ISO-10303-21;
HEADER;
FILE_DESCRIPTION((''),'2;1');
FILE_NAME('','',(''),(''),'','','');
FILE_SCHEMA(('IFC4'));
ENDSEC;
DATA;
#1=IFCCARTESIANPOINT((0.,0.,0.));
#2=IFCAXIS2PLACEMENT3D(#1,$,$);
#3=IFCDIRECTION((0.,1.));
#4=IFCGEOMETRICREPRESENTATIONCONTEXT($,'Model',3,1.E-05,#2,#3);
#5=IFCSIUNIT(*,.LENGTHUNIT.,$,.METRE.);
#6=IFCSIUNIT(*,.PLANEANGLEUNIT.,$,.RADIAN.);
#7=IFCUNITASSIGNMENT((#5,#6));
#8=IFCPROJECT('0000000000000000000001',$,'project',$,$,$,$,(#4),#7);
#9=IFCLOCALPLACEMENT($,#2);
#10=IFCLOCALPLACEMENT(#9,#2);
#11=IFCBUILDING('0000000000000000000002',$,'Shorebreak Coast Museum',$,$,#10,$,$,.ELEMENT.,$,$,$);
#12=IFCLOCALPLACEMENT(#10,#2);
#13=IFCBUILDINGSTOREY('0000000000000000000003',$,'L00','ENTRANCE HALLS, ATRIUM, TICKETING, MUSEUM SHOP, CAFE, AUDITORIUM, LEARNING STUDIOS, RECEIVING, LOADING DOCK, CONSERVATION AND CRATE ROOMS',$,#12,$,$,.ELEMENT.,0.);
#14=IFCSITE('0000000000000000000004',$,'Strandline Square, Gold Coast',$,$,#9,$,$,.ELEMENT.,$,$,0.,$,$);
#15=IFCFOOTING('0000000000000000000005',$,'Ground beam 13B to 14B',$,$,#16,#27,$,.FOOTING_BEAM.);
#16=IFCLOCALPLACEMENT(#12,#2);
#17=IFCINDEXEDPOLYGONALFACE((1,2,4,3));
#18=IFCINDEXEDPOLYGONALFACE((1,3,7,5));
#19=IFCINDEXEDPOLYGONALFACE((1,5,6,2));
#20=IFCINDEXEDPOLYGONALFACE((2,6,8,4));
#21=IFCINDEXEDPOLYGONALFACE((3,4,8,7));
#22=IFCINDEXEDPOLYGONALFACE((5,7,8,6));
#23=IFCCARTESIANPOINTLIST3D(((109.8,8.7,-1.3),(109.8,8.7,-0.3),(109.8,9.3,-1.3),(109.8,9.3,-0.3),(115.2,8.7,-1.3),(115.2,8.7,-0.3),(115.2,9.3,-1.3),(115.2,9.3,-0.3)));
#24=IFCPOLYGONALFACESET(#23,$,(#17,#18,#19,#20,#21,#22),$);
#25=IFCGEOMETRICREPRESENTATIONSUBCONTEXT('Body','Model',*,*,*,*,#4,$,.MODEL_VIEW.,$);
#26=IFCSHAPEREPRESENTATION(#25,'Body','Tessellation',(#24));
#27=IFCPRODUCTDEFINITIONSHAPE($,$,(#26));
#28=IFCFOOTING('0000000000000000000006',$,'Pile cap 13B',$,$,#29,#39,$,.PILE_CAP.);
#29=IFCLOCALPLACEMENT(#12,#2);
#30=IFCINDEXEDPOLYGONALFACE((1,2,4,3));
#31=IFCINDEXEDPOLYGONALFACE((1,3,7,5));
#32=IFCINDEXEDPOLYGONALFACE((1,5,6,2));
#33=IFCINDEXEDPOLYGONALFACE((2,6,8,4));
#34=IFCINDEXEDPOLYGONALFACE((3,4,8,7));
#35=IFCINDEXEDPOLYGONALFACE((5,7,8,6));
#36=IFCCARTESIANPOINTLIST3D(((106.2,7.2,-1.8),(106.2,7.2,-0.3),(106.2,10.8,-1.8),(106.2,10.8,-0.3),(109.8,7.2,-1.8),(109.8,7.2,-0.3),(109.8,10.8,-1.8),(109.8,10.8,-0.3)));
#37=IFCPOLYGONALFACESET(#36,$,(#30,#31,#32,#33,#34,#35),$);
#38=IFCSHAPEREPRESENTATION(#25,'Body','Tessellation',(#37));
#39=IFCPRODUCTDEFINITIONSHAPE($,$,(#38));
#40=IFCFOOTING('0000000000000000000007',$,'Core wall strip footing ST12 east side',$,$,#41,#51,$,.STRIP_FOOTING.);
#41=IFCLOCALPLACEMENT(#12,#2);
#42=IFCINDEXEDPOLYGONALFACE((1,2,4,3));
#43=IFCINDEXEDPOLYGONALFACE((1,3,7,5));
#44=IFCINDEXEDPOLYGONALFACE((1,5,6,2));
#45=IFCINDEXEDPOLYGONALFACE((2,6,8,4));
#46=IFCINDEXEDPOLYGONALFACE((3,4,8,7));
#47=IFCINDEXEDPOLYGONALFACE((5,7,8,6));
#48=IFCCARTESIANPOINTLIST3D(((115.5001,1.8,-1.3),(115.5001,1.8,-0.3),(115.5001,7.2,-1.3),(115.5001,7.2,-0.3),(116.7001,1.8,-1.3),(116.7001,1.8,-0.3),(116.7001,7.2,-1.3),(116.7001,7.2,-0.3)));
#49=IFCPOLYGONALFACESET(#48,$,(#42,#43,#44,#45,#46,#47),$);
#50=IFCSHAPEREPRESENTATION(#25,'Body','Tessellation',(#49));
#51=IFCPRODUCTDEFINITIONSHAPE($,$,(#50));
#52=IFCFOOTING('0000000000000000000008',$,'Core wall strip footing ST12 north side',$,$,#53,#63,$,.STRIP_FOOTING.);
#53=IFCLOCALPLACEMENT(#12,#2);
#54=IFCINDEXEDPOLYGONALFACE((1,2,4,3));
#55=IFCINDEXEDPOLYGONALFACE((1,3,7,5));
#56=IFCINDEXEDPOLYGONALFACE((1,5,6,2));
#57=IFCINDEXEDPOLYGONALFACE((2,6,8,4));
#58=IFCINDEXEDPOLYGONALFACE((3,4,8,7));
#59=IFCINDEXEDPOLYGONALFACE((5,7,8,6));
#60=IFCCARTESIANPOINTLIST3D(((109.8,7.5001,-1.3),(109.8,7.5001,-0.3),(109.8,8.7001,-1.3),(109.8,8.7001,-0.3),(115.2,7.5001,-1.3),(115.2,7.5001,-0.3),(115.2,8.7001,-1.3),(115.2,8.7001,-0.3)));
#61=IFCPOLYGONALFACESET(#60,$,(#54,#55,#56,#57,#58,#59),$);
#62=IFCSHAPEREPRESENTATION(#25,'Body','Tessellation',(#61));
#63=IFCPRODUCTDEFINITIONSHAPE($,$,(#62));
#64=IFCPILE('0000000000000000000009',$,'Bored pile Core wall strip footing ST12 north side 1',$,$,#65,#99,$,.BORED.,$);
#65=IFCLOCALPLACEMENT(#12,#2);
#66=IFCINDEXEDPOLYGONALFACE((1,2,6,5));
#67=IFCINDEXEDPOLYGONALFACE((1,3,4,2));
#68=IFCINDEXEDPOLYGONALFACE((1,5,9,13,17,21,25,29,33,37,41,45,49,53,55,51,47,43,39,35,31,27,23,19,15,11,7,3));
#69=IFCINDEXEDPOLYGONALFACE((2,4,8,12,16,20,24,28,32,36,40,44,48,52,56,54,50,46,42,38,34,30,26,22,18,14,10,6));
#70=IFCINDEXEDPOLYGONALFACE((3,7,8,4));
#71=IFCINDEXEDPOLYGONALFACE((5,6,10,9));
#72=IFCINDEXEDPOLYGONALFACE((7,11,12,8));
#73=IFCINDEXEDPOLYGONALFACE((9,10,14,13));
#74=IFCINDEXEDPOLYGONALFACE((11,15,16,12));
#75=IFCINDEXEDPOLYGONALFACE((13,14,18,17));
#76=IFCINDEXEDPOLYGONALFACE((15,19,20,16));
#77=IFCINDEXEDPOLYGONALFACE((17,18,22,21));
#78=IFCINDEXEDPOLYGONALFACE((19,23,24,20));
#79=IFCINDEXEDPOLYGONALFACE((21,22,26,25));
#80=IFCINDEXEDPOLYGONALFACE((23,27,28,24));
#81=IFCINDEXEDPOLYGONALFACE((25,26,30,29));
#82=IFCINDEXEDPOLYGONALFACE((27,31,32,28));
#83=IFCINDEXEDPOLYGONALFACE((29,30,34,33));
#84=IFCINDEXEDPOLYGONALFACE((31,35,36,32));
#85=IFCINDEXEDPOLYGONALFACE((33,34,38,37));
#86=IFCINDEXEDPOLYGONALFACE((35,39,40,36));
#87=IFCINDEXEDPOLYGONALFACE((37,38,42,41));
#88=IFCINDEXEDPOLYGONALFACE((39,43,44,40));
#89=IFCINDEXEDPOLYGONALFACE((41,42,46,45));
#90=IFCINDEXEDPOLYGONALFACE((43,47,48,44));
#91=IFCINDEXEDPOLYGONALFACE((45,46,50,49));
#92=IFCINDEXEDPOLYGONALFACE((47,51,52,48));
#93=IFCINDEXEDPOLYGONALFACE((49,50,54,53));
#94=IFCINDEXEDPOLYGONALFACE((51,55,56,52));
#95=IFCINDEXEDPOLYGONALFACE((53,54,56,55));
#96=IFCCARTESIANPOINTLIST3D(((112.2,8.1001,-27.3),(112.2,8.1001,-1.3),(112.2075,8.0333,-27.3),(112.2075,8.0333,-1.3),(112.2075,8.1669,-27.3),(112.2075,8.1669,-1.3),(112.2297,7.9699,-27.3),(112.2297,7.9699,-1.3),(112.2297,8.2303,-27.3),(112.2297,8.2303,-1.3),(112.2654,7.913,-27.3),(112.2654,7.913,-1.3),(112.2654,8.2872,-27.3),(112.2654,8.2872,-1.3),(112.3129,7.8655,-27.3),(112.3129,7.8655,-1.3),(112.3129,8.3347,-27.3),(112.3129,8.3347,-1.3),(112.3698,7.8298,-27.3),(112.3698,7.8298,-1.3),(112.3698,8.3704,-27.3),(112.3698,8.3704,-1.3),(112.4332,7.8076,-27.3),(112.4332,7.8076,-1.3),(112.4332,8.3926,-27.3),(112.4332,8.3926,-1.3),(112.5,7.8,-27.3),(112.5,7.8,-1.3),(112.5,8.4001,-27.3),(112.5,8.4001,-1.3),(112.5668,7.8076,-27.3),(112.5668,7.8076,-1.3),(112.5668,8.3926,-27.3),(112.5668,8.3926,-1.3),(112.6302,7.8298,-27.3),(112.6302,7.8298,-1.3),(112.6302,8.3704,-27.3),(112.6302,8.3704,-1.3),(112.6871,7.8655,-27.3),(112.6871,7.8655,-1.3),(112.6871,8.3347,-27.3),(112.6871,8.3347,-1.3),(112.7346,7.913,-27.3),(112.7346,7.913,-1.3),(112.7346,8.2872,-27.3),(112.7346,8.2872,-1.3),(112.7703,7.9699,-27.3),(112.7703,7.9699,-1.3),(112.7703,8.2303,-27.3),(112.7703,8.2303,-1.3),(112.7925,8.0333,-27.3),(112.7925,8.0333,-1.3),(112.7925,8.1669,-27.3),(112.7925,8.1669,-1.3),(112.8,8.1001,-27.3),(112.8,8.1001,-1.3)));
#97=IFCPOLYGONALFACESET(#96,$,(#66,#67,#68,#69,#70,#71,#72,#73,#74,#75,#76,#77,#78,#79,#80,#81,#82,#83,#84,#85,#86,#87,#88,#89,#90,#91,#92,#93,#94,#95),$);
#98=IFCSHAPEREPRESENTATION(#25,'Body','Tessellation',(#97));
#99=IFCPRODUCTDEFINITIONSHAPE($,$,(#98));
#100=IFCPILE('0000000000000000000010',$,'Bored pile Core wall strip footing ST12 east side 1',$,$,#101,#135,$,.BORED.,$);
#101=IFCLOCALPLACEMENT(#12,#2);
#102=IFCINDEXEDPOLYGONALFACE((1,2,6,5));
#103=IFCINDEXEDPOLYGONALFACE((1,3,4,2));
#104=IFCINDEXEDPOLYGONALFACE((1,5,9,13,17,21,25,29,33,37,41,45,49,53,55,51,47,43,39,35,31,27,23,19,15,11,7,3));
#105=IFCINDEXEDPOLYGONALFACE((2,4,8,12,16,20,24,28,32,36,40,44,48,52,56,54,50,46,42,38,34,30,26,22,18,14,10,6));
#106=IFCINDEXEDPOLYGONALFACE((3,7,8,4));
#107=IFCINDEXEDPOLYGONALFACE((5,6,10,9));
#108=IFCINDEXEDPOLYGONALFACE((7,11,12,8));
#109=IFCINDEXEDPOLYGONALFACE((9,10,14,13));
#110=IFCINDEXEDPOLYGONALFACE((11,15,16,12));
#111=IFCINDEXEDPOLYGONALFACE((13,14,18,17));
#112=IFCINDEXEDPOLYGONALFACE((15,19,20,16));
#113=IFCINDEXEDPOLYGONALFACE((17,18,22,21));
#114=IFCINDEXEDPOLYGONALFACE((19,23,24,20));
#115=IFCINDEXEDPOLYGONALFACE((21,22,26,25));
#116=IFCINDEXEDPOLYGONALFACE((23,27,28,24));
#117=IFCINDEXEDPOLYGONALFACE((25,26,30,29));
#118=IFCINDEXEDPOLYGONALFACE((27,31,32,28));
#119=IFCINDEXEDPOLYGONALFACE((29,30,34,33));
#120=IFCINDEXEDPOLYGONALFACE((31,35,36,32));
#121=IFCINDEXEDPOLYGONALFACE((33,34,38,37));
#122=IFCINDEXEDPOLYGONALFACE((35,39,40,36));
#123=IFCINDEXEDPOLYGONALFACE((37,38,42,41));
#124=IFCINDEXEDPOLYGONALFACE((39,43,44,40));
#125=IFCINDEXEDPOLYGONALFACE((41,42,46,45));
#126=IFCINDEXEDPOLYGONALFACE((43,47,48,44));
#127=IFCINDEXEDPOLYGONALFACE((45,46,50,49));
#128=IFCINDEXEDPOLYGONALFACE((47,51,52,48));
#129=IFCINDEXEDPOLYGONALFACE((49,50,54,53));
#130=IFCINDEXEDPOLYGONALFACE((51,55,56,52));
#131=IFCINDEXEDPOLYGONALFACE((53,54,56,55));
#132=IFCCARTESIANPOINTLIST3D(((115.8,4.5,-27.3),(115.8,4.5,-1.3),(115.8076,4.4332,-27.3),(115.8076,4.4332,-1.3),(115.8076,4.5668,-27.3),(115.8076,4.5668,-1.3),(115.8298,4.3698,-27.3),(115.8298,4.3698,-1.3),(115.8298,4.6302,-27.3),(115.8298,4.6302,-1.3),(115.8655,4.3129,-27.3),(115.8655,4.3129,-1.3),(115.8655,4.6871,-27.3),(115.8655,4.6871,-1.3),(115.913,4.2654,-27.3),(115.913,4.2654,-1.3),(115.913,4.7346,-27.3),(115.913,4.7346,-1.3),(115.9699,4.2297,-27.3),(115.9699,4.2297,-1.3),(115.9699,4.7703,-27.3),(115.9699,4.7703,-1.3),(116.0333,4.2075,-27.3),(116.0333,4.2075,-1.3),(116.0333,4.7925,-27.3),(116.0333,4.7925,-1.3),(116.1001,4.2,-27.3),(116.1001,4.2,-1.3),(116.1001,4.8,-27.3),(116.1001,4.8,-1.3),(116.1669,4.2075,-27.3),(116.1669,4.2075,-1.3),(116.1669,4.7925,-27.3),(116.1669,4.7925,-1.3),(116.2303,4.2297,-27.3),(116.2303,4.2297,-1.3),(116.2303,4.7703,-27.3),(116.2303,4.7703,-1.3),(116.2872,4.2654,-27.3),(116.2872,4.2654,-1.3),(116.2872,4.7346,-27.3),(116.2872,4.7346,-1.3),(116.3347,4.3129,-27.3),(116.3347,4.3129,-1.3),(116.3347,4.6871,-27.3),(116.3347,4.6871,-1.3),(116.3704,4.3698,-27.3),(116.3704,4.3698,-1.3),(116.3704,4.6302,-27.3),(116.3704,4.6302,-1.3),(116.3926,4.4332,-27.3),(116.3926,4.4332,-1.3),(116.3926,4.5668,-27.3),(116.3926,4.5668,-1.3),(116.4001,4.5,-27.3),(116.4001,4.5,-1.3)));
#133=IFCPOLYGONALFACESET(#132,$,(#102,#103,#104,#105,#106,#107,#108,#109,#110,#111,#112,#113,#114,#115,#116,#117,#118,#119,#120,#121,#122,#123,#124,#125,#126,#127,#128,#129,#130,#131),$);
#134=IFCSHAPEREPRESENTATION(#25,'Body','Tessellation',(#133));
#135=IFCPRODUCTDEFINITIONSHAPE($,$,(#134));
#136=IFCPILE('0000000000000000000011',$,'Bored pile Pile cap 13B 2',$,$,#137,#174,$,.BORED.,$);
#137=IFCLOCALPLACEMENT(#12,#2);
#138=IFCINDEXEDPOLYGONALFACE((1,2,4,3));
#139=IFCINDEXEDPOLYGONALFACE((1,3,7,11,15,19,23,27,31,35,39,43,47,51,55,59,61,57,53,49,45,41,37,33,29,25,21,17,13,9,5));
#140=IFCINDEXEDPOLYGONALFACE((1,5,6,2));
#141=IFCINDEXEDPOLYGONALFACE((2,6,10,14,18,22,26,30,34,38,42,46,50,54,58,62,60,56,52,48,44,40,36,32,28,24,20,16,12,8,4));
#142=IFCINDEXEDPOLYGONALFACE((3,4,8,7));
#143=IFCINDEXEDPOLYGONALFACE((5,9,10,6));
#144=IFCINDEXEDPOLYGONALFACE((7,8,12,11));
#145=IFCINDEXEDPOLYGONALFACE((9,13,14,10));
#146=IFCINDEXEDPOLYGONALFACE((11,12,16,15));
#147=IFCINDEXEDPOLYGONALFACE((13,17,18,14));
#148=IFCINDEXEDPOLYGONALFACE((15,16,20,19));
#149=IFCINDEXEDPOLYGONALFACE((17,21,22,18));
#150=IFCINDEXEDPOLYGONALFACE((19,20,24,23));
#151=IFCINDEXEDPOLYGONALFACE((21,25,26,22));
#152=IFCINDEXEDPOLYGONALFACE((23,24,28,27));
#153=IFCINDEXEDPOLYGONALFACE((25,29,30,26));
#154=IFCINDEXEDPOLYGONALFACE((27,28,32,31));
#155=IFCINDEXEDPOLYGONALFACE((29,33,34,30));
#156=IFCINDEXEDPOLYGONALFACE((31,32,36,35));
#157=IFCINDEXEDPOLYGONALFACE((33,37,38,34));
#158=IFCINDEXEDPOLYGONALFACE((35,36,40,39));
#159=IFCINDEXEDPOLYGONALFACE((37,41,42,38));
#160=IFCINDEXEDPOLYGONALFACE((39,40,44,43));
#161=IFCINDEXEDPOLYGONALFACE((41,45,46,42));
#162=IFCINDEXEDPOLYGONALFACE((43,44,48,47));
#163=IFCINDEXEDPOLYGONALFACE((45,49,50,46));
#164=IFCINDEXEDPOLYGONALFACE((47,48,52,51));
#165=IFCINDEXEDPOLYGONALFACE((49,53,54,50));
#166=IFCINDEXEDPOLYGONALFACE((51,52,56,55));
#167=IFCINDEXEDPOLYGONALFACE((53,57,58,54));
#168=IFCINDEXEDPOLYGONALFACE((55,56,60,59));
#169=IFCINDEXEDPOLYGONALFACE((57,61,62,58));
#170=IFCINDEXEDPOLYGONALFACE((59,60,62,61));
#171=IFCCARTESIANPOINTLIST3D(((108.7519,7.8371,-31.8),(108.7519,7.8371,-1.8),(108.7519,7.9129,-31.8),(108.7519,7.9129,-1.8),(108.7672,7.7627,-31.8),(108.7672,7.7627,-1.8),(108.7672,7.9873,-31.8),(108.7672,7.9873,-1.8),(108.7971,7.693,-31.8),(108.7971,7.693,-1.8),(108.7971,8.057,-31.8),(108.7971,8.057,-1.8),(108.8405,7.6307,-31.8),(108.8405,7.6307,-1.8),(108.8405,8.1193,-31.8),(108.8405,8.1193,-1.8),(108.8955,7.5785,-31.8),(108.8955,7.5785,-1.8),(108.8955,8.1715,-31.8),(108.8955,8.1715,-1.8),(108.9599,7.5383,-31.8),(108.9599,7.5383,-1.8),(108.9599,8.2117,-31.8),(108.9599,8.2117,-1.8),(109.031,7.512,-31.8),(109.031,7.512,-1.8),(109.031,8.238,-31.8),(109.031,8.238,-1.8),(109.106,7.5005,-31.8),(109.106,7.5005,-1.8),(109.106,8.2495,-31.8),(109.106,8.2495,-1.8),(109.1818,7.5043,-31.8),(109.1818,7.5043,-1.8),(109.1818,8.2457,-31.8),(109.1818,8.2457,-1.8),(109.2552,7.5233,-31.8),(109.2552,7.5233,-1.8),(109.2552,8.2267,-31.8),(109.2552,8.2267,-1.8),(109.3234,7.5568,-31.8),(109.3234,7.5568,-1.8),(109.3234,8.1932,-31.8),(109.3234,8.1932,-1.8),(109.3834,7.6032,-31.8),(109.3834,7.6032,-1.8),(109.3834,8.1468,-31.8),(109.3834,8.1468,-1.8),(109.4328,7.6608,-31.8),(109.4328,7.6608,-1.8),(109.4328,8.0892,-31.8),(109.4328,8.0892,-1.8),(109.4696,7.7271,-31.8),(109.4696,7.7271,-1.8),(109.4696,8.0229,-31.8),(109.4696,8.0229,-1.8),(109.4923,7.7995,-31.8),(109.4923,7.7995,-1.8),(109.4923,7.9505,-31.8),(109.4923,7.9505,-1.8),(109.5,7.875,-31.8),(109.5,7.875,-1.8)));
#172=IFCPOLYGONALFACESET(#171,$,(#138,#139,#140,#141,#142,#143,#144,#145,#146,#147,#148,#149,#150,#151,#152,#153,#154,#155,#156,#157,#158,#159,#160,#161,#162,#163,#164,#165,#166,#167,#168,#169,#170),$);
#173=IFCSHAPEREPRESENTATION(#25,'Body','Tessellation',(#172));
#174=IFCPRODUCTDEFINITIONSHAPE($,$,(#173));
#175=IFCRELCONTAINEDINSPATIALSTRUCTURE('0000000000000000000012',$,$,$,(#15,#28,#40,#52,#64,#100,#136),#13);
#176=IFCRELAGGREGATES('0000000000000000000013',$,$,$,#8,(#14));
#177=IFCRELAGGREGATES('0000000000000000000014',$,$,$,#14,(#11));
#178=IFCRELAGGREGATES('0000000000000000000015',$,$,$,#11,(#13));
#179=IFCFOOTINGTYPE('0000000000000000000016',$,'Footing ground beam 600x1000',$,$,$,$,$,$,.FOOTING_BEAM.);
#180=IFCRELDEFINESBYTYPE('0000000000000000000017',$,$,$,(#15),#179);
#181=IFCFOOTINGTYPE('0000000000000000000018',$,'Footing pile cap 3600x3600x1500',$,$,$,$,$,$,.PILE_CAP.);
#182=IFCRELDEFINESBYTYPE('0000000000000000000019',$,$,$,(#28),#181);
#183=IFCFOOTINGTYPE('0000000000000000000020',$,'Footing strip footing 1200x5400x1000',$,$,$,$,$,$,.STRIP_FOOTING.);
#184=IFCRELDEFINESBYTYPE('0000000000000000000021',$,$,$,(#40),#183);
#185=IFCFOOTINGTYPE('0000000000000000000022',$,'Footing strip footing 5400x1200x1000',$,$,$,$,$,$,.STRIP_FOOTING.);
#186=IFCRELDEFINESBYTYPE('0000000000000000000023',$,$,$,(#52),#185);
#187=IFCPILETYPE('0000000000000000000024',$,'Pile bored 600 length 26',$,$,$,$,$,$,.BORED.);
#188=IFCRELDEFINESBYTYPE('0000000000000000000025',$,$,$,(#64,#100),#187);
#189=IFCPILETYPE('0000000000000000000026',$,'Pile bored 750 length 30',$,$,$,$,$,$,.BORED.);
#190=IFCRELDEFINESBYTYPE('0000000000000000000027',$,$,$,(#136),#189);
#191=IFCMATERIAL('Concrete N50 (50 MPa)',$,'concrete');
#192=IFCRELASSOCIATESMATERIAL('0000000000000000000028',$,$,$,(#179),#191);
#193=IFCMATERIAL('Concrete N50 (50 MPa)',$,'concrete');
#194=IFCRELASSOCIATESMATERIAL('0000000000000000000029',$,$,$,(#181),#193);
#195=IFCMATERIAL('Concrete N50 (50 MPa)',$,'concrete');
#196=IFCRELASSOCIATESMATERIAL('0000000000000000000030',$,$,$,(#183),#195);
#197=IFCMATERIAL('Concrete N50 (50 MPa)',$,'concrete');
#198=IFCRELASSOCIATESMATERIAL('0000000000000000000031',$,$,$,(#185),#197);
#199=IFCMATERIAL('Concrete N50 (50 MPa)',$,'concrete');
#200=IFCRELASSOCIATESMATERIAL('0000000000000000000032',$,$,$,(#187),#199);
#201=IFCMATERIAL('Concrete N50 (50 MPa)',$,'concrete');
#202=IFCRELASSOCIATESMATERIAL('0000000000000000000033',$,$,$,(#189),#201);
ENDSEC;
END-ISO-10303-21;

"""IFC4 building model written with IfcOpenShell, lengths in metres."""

from ifc_helpers import new_model, si_unit, direction, frame, origin, origin_2d, place, context, subcontext, project, spatial, rectangle, circle, extrude, material, material_profile, profile_set, type_object, element, save


model = new_model("IFC4")

# Units and contexts
model_context = context("Model", 3, precision=1e-05, world=origin(), true_north=direction((0.0, 1.0)))
body_context = subcontext(model_context, "Body", "Model", "MODEL_VIEW")
ifc_project = project(units=[si_unit("LENGTHUNIT", "METRE"), si_unit("PLANEANGLEUNIT", "RADIAN")], contexts=[model_context])

# Site, building, storey
site_placement = place(None, origin())
site = spatial("IfcSite", under=ifc_project, at=site_placement, Name="Strandline Square, Gold Coast", CompositionType="ELEMENT", RefElevation=0.0)
building_placement = place(site_placement, origin())
building = spatial("IfcBuilding", under=site, at=building_placement, Name="Shorebreak Coast Museum", CompositionType="ELEMENT")
storey_placement = place(building_placement, origin())
storey = spatial("IfcBuildingStorey", under=building, at=storey_placement, Name="L00", Description="ENTRANCE HALLS, ATRIUM, TICKETING, MUSEUM SHOP, CAFE, AUDITORIUM, LEARNING STUDIOS, RECEIVING, LOADING DOCK, CONSERVATION AND CRATE ROOMS", CompositionType="ELEMENT", Elevation=0.0)

# Footings
ifc_material_1 = material(Name="Concrete N50 (50 MPa)", Category="concrete")
footing_type_1 = type_object("IfcFootingType", Name="Footing ground beam 600x1000", PredefinedType="FOOTING_BEAM", material=ifc_material_1)
footing_1_placement = place(storey_placement, frame((112.5, 9.0, -1.3), z_axis=(0.0, 0.0, 1.0), x_axis=(1.0, 0.0, 0.0)))
element("IfcFooting", 1, at=footing_1_placement, inside=storey, type_object=footing_type_1, Name="Ground beam 13B to 14B", PredefinedType="FOOTING_BEAM", context=body_context, shape_type="SweptSolid", body=[
    extrude(rectangle(XDim=5.3999, YDim=0.6001, at=origin_2d()), origin(), (0.0, 0.0, 1.0), 1.0),
])
ifc_material_2 = material(Name="Concrete N50 (50 MPa)", Category="concrete")
footing_type_2 = type_object("IfcFootingType", Name="Footing pile cap 3600x3600x1500", PredefinedType="PILE_CAP", material=ifc_material_2)
footing_2_placement = place(storey_placement, frame((108.0, 9.0, -1.8), z_axis=(0.0, 0.0, 1.0), x_axis=(1.0, 0.0, 0.0)))
element("IfcFooting", 2, at=footing_2_placement, inside=storey, type_object=footing_type_2, Name="Pile cap 13B", PredefinedType="PILE_CAP", context=body_context, shape_type="SweptSolid", body=[
    extrude(rectangle(XDim=3.6001, YDim=3.6001, at=origin_2d()), origin(), (0.0, 0.0, 1.0), 1.5),
])
ifc_material_3 = material(Name="Concrete N50 (50 MPa)", Category="concrete")
footing_type_3 = type_object("IfcFootingType", Name="Footing strip footing 1200x5400x1000", PredefinedType="STRIP_FOOTING", material=ifc_material_3)
footing_3_placement = place(storey_placement, frame((116.1001, 4.5, -1.3), z_axis=(0.0, 0.0, 1.0), x_axis=(1.0, 0.0, 0.0)))
element("IfcFooting", 3, at=footing_3_placement, inside=storey, type_object=footing_type_3, Name="Core wall strip footing ST12 east side", PredefinedType="STRIP_FOOTING", context=body_context, shape_type="SweptSolid", body=[
    extrude(rectangle(XDim=1.2, YDim=5.3999, at=origin_2d()), origin(), (0.0, 0.0, 1.0), 1.0),
])
ifc_material_4 = material(Name="Concrete N50 (50 MPa)", Category="concrete")
footing_type_4 = type_object("IfcFootingType", Name="Footing strip footing 5400x1200x1000", PredefinedType="STRIP_FOOTING", material=ifc_material_4)
footing_4_placement = place(storey_placement, frame((112.5, 8.1001, -1.3), z_axis=(0.0, 0.0, 1.0), x_axis=(1.0, 0.0, 0.0)))
element("IfcFooting", 4, at=footing_4_placement, inside=storey, type_object=footing_type_4, Name="Core wall strip footing ST12 north side", PredefinedType="STRIP_FOOTING", context=body_context, shape_type="SweptSolid", body=[
    extrude(rectangle(XDim=5.3999, YDim=1.2, at=origin_2d()), origin(), (0.0, 0.0, 1.0), 1.0),
])

# Piles
ifc_material_5 = material(Name="Concrete N50 (50 MPa)", Category="concrete")
ifc_material_profile_1 = material_profile(ifc_material_5, circle(Radius=0.3, at=origin_2d()), Name="Pile bored 600 length 26")
ifc_profile_set_1 = profile_set([ifc_material_profile_1], Name="Concrete N50 (50 MPa)")
pile_type_1 = type_object("IfcPileType", Name="Pile bored 600 length 26", PredefinedType="BORED", material=ifc_profile_set_1)
for number, where, z_axis, x_axis, name in (
    (5, (112.5, 8.1001, -1.3), (0.0, 0.0, -1.0), (1.0, 0.0, 0.0), "Bored pile Core wall strip footing ST12 north side 1"),
    (6, (116.1001, 4.5, -1.3), (0.0, 0.0, -1.0), (1.0, 0.0, 0.0), "Bored pile Core wall strip footing ST12 east side 1"),
):
    element("IfcPile", number, at=place(storey_placement, frame(where, z_axis=z_axis, x_axis=x_axis)), inside=storey, type_object=pile_type_1, Name=name, PredefinedType="BORED", context=body_context, shape_type="SweptSolid", body=[
        extrude(circle(Radius=0.3, at=origin_2d()), origin(), (0.0, 0.0, 1.0), 26.0),
    ])
ifc_material_6 = material(Name="Concrete N50 (50 MPa)", Category="concrete")
ifc_material_profile_2 = material_profile(ifc_material_6, circle(Radius=0.375, at=origin_2d()), Name="Pile bored 750 length 30")
ifc_profile_set_2 = profile_set([ifc_material_profile_2], Name="Concrete N50 (50 MPa)")
pile_type_2 = type_object("IfcPileType", Name="Pile bored 750 length 30", PredefinedType="BORED", material=ifc_profile_set_2)
for number, where, z_axis, x_axis, name in (
    (7, (109.125, 7.875, -1.8), (0.0, 0.0, -1.0), (1.0, 0.0, 0.0), "Bored pile Pile cap 13B 2"),
):
    element("IfcPile", number, at=place(storey_placement, frame(where, z_axis=z_axis, x_axis=x_axis)), inside=storey, type_object=pile_type_2, Name=name, PredefinedType="BORED", context=body_context, shape_type="SweptSolid", body=[
        extrude(circle(Radius=0.375, at=origin_2d()), origin(), (0.0, 0.0, 1.0), 30.0),
    ])

save(model, "model.ifc")
